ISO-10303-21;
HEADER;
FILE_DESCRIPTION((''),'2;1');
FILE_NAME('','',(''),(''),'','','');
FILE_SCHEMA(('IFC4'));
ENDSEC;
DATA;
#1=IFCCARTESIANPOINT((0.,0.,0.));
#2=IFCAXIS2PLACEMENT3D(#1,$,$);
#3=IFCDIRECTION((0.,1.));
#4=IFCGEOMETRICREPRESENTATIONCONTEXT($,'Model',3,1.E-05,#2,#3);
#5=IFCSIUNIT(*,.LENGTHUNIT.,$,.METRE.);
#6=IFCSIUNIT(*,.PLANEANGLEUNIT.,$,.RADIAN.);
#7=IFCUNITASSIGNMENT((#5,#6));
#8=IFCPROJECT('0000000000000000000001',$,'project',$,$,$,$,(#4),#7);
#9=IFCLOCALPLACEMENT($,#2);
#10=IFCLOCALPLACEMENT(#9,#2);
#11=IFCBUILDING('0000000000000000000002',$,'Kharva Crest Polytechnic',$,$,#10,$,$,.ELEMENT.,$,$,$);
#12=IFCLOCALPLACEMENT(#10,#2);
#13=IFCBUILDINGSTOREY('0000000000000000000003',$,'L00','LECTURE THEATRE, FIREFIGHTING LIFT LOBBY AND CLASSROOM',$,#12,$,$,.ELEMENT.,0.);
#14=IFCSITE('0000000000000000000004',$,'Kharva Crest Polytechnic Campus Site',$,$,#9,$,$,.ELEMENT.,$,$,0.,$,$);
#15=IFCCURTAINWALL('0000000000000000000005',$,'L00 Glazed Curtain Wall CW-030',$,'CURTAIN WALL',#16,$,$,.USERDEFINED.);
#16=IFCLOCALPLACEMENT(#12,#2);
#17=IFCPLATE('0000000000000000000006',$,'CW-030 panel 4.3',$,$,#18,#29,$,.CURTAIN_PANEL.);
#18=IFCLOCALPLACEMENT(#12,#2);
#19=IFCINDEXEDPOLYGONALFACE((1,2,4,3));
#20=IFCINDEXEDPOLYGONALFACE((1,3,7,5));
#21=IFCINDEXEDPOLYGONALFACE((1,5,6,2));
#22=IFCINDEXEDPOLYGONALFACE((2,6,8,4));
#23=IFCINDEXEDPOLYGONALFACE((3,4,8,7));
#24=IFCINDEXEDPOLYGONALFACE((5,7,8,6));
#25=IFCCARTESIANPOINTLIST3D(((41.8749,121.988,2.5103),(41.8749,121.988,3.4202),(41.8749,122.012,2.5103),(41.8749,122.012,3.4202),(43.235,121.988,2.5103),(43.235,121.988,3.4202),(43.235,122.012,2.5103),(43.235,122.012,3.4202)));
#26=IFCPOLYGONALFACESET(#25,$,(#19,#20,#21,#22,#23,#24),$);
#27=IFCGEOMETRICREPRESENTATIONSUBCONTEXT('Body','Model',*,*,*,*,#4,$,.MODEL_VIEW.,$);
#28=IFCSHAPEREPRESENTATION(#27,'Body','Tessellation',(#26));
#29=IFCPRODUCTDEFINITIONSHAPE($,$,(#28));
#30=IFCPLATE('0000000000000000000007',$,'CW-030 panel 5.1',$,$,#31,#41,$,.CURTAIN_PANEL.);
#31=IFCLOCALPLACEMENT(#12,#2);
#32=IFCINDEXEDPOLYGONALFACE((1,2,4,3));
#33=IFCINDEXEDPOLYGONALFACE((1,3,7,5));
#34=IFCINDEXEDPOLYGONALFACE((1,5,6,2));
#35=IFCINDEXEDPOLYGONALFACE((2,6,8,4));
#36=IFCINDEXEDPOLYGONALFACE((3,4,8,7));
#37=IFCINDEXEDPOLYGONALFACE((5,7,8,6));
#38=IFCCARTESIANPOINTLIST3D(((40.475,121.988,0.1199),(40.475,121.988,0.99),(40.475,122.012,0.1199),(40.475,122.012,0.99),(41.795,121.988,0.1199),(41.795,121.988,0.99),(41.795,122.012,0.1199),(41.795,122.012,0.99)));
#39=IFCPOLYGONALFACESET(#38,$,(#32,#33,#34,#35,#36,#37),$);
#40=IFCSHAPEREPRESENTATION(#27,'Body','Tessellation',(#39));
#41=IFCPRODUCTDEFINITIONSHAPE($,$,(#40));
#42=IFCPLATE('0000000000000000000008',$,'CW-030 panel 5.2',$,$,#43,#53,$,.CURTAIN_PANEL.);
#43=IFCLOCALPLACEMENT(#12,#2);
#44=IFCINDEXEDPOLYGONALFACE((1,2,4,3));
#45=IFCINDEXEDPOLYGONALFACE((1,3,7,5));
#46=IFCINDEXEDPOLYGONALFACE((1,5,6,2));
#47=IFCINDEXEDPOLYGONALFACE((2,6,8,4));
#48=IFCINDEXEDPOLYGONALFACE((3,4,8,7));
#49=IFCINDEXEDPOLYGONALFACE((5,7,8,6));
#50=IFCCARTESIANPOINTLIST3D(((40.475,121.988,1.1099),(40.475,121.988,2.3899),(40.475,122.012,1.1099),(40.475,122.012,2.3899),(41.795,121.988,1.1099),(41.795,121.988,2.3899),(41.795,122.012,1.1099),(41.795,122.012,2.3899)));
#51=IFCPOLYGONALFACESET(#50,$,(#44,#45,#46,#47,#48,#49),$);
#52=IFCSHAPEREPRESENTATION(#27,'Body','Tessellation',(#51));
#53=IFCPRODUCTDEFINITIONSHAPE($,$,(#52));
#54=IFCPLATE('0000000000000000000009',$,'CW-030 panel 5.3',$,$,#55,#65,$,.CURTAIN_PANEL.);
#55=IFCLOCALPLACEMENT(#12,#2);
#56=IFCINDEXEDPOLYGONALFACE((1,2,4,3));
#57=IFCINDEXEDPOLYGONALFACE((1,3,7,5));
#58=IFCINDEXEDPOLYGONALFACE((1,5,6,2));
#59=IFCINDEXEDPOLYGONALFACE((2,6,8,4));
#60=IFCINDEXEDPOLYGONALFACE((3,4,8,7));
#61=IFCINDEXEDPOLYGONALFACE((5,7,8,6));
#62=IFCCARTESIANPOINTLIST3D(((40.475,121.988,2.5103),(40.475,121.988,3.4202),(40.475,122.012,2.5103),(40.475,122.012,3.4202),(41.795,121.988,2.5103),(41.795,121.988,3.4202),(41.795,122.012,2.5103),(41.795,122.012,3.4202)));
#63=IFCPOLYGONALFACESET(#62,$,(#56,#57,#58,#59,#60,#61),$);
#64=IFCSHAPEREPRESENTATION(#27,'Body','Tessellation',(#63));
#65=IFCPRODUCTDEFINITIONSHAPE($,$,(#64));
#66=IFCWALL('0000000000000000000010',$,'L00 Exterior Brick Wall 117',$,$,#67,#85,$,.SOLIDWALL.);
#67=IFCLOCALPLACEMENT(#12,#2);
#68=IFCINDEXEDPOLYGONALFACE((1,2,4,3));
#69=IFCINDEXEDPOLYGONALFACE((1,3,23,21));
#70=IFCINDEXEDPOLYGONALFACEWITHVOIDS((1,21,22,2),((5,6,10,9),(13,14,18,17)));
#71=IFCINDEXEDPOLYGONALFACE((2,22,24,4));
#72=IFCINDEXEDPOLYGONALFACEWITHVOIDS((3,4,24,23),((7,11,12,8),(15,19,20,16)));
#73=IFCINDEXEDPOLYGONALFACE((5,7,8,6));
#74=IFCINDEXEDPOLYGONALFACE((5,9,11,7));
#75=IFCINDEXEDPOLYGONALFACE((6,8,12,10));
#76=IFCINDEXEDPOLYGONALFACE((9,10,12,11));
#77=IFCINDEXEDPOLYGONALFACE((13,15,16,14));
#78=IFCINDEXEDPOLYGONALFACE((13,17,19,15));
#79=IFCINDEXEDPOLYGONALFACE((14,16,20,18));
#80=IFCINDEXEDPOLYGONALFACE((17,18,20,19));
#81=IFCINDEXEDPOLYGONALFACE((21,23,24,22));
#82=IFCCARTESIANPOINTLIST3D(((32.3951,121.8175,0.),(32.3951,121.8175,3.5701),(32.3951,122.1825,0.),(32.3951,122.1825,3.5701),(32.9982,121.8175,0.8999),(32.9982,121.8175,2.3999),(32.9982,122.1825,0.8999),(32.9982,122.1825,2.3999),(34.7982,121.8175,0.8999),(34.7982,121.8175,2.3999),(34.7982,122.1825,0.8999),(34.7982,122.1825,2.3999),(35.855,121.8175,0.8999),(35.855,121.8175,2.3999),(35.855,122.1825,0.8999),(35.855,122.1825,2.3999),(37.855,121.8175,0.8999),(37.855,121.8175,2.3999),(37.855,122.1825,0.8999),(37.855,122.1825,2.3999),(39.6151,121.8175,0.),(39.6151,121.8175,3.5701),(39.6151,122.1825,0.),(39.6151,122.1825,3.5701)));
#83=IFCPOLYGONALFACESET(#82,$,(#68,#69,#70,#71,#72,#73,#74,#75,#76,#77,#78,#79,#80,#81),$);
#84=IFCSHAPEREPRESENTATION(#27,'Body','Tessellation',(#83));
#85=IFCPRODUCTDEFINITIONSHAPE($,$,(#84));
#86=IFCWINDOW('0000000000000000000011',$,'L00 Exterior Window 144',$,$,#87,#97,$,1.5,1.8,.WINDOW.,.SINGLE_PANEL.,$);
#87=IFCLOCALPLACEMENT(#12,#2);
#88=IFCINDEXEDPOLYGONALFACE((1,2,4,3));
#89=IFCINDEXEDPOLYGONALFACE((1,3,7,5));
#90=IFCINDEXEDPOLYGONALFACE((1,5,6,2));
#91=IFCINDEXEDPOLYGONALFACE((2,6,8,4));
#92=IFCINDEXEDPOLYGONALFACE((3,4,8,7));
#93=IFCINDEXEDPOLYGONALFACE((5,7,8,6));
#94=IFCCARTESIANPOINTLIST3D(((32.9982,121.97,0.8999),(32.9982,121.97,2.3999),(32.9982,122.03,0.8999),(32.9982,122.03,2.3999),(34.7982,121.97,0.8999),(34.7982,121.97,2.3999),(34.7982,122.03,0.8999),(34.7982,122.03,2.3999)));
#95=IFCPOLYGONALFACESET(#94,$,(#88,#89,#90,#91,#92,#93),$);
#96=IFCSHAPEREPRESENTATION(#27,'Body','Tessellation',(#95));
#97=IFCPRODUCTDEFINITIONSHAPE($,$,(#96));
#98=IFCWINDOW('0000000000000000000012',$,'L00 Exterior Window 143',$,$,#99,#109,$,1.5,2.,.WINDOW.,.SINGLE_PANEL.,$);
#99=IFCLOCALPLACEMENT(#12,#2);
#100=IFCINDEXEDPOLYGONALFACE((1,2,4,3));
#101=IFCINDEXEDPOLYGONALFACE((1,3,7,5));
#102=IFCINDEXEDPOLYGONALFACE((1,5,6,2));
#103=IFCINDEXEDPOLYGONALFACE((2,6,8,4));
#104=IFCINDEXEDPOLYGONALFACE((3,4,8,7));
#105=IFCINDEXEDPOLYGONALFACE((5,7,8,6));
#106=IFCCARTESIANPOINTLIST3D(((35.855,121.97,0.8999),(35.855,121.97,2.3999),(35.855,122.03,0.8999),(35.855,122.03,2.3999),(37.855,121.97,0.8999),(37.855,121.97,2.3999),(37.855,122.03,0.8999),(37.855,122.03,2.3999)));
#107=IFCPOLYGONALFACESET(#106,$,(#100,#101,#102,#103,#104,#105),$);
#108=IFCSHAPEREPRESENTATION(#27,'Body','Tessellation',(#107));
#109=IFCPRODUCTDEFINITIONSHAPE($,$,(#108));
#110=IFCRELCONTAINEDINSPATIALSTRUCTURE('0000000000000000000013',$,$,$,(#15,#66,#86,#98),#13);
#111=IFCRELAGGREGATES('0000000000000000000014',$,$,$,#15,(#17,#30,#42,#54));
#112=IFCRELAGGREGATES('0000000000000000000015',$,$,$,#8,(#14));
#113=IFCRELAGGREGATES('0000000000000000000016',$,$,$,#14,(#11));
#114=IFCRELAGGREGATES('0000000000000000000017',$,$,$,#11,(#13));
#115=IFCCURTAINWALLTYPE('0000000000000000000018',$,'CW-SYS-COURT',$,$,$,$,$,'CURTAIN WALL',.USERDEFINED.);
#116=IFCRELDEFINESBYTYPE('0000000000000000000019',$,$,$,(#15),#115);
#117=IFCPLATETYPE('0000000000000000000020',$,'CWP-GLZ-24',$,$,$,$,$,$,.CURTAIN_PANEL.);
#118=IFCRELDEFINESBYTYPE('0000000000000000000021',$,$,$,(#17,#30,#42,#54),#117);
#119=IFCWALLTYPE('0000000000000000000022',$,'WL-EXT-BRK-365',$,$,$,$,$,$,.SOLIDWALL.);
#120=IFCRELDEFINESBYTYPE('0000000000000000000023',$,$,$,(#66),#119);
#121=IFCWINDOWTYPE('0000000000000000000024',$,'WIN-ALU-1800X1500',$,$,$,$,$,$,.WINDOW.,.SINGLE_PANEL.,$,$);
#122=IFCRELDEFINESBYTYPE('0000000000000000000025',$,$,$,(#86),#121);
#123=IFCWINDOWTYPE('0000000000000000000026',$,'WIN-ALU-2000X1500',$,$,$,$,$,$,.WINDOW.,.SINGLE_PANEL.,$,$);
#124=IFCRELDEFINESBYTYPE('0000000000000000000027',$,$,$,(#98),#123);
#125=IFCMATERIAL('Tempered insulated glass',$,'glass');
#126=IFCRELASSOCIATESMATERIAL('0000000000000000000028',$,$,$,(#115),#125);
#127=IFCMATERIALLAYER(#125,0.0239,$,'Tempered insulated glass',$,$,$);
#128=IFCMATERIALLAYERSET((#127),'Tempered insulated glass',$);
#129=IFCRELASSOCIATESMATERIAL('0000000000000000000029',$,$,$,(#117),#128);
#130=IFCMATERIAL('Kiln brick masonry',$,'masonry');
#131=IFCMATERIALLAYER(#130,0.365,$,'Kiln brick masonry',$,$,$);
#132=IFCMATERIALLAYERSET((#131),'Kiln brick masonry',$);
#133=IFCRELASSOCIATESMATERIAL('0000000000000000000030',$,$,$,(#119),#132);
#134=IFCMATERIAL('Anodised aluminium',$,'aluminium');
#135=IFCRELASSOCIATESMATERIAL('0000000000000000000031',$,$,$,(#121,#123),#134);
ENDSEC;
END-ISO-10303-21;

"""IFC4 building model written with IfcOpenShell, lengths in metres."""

from ifc_helpers import new_model, si_unit, direction, frame, frame_2d, origin, origin_2d, place, context, subcontext, project, spatial, rectangle, extrude, material, layer, layer_set, type_object, element, fill, aggregate, save


model = new_model("IFC4")

# Units and contexts
model_context = context("Model", 3, precision=1e-05, world=origin(), true_north=direction((0.0, 1.0)))
body_context = subcontext(model_context, "Body", "Model", "MODEL_VIEW")
ifc_project = project(units=[si_unit("LENGTHUNIT", "METRE"), si_unit("PLANEANGLEUNIT", "RADIAN")], contexts=[model_context])

# Site, building, storey
site_placement = place(None, origin())
site = spatial("IfcSite", under=ifc_project, at=site_placement, Name="Kharva Crest Polytechnic Campus Site", CompositionType="ELEMENT", RefElevation=0.0)
building_placement = place(site_placement, origin())
building = spatial("IfcBuilding", under=site, at=building_placement, Name="Kharva Crest Polytechnic", CompositionType="ELEMENT")
storey_placement = place(building_placement, origin())
storey = spatial("IfcBuildingStorey", under=building, at=storey_placement, Name="L00", Description="LECTURE THEATRE, FIREFIGHTING LIFT LOBBY AND CLASSROOM", CompositionType="ELEMENT", Elevation=0.0)

# Curtain wall
ifc_material_1 = material(Name="Tempered insulated glass", Category="glass")
curtain_wall_type = type_object("IfcCurtainWallType", Name="CW-SYS-COURT", ElementType="CURTAIN WALL", PredefinedType="USERDEFINED", material=ifc_material_1)
curtain_wall_placement = place(storey_placement, origin())
curtain_wall = element("IfcCurtainWall", 1, at=curtain_wall_placement, inside=storey, type_object=curtain_wall_type, Name="L00 Glazed Curtain Wall CW-030", ObjectType="CURTAIN WALL", PredefinedType="USERDEFINED")

# Plates
ifc_layer_1 = layer(ifc_material_1, 0.0239, Name="Tempered insulated glass")
ifc_layer_set_1 = layer_set([ifc_layer_1], Name="Tempered insulated glass")
plate_type = type_object("IfcPlateType", Name="CWP-GLZ-24", PredefinedType="CURTAIN_PANEL", material=ifc_layer_set_1)
plate_1_placement = place(storey_placement, frame((42.5549, 122.0, 2.5103), z_axis=(0.0, 0.0, 1.0), x_axis=(-1.0, 0.0, 0.0)))
plate_1 = element("IfcPlate", 2, at=plate_1_placement, type_object=plate_type, Name="CW-030 panel 4.3", PredefinedType="CURTAIN_PANEL", context=body_context, shape_type="SweptSolid", body=[
    extrude(rectangle(XDim=1.3601, YDim=0.0239, at=origin_2d()), origin(), (0.0, 0.0, 1.0), 0.9099),
])
plate_2_placement = place(storey_placement, frame((41.135, 122.0, 0.1199), z_axis=(0.0, 0.0, 1.0), x_axis=(-1.0, 0.0, 0.0)))
plate_2 = element("IfcPlate", 3, at=plate_2_placement, type_object=plate_type, Name="CW-030 panel 5.1", PredefinedType="CURTAIN_PANEL", context=body_context, shape_type="SweptSolid", body=[
    extrude(rectangle(XDim=1.3201, YDim=0.0239, at=origin_2d()), origin(), (0.0, 0.0, 1.0), 0.8701),
])
plate_3_placement = place(storey_placement, frame((41.135, 122.0, 1.1099), z_axis=(0.0, 0.0, 1.0), x_axis=(-1.0, 0.0, 0.0)))
plate_3 = element("IfcPlate", 4, at=plate_3_placement, type_object=plate_type, Name="CW-030 panel 5.2", PredefinedType="CURTAIN_PANEL", context=body_context, shape_type="SweptSolid", body=[
    extrude(rectangle(XDim=1.3201, YDim=0.0239, at=origin_2d()), origin(), (0.0, 0.0, 1.0), 1.28),
])
plate_4_placement = place(storey_placement, frame((41.135, 122.0, 2.5103), z_axis=(0.0, 0.0, 1.0), x_axis=(-1.0, 0.0, 0.0)))
plate_4 = element("IfcPlate", 5, at=plate_4_placement, type_object=plate_type, Name="CW-030 panel 5.3", PredefinedType="CURTAIN_PANEL", context=body_context, shape_type="SweptSolid", body=[
    extrude(rectangle(XDim=1.3201, YDim=0.0239, at=origin_2d()), origin(), (0.0, 0.0, 1.0), 0.9099),
])
aggregate(curtain_wall, [plate_1, plate_2, plate_3, plate_4])

# Wall, openings, windows
ifc_material_2 = material(Name="Kiln brick masonry", Category="masonry")
ifc_layer_2 = layer(ifc_material_2, 0.365, Name="Kiln brick masonry")
ifc_layer_set_2 = layer_set([ifc_layer_2], Name="Kiln brick masonry")
wall_type = type_object("IfcWallType", Name="WL-EXT-BRK-365", PredefinedType="SOLIDWALL", material=ifc_layer_set_2)
wall_placement = place(storey_placement, frame((39.615, 122.0, 0.0), z_axis=(0.0, 0.0, 1.0), x_axis=(-1.0, 0.0, 0.0)))
wall = element("IfcWall", 6, at=wall_placement, inside=storey, type_object=wall_type, Name="L00 Exterior Brick Wall 117", PredefinedType="SOLIDWALL", context=body_context, shape_type="SweptSolid", body=[
    extrude(rectangle(XDim=7.22, YDim=0.365, at=frame_2d((3.6099, 0.0))), origin(), (0.0, 0.0, 1.0), 3.5701),
])
opening_1_placement = place(wall_placement, frame((1.76, 0.0, 0.8999)))
opening_1 = element("IfcOpeningElement", 7, at=opening_1_placement, cuts=wall, PredefinedType="OPENING", context=body_context, shape_type="SweptSolid", body=[
    extrude(rectangle(XDim=2.0, YDim=1.5, at=frame_2d((1.0, 0.75))), frame((0.0, 0.1924, 0.0), z_axis=(0.0, -1.0, 0.0), x_axis=(1.0, 0.0, 0.0)), (0.0, 0.0, 1.0), 0.385),
])
opening_2_placement = place(wall_placement, frame((4.8169, 0.0, 0.8999)))
opening_2 = element("IfcOpeningElement", 8, at=opening_2_placement, cuts=wall, PredefinedType="OPENING", context=body_context, shape_type="SweptSolid", body=[
    extrude(rectangle(XDim=1.8, YDim=1.5, at=frame_2d((0.8999, 0.75))), frame((0.0, 0.1924, 0.0), z_axis=(0.0, -1.0, 0.0), x_axis=(1.0, 0.0, 0.0)), (0.0, 0.0, 1.0), 0.385),
])
ifc_material_3 = material(Name="Anodised aluminium", Category="aluminium")
window_type_1 = type_object("IfcWindowType", Name="WIN-ALU-1800X1500", PartitioningType="SINGLE_PANEL", PredefinedType="WINDOW", material=ifc_material_3)
window_1_placement = place(opening_2_placement, origin())
window_1 = element("IfcWindow", 9, at=window_1_placement, inside=storey, type_object=window_type_1, Name="L00 Exterior Window 144", OverallHeight=1.5, OverallWidth=1.8, PartitioningType="SINGLE_PANEL", PredefinedType="WINDOW", context=body_context, shape_type="SweptSolid", body=[
    extrude(rectangle(XDim=1.8, YDim=1.5, at=frame_2d((0.8999, 0.75))), frame((0.0, 0.03, 0.0), z_axis=(0.0, -1.0, 0.0), x_axis=(1.0, 0.0, 0.0)), (0.0, 0.0, 1.0), 0.0601),
])
fill(opening_2, window_1)
window_type_2 = type_object("IfcWindowType", Name="WIN-ALU-2000X1500", PartitioningType="SINGLE_PANEL", PredefinedType="WINDOW", material=ifc_material_3)
window_2_placement = place(opening_1_placement, origin())
window_2 = element("IfcWindow", 10, at=window_2_placement, inside=storey, type_object=window_type_2, Name="L00 Exterior Window 143", OverallHeight=1.5, OverallWidth=2.0, PartitioningType="SINGLE_PANEL", PredefinedType="WINDOW", context=body_context, shape_type="SweptSolid", body=[
    extrude(rectangle(XDim=2.0, YDim=1.5, at=frame_2d((1.0, 0.75))), frame((0.0, 0.03, 0.0), z_axis=(0.0, -1.0, 0.0), x_axis=(1.0, 0.0, 0.0)), (0.0, 0.0, 1.0), 0.0601),
])
fill(opening_1, window_2)

save(model, "model.ifc")
